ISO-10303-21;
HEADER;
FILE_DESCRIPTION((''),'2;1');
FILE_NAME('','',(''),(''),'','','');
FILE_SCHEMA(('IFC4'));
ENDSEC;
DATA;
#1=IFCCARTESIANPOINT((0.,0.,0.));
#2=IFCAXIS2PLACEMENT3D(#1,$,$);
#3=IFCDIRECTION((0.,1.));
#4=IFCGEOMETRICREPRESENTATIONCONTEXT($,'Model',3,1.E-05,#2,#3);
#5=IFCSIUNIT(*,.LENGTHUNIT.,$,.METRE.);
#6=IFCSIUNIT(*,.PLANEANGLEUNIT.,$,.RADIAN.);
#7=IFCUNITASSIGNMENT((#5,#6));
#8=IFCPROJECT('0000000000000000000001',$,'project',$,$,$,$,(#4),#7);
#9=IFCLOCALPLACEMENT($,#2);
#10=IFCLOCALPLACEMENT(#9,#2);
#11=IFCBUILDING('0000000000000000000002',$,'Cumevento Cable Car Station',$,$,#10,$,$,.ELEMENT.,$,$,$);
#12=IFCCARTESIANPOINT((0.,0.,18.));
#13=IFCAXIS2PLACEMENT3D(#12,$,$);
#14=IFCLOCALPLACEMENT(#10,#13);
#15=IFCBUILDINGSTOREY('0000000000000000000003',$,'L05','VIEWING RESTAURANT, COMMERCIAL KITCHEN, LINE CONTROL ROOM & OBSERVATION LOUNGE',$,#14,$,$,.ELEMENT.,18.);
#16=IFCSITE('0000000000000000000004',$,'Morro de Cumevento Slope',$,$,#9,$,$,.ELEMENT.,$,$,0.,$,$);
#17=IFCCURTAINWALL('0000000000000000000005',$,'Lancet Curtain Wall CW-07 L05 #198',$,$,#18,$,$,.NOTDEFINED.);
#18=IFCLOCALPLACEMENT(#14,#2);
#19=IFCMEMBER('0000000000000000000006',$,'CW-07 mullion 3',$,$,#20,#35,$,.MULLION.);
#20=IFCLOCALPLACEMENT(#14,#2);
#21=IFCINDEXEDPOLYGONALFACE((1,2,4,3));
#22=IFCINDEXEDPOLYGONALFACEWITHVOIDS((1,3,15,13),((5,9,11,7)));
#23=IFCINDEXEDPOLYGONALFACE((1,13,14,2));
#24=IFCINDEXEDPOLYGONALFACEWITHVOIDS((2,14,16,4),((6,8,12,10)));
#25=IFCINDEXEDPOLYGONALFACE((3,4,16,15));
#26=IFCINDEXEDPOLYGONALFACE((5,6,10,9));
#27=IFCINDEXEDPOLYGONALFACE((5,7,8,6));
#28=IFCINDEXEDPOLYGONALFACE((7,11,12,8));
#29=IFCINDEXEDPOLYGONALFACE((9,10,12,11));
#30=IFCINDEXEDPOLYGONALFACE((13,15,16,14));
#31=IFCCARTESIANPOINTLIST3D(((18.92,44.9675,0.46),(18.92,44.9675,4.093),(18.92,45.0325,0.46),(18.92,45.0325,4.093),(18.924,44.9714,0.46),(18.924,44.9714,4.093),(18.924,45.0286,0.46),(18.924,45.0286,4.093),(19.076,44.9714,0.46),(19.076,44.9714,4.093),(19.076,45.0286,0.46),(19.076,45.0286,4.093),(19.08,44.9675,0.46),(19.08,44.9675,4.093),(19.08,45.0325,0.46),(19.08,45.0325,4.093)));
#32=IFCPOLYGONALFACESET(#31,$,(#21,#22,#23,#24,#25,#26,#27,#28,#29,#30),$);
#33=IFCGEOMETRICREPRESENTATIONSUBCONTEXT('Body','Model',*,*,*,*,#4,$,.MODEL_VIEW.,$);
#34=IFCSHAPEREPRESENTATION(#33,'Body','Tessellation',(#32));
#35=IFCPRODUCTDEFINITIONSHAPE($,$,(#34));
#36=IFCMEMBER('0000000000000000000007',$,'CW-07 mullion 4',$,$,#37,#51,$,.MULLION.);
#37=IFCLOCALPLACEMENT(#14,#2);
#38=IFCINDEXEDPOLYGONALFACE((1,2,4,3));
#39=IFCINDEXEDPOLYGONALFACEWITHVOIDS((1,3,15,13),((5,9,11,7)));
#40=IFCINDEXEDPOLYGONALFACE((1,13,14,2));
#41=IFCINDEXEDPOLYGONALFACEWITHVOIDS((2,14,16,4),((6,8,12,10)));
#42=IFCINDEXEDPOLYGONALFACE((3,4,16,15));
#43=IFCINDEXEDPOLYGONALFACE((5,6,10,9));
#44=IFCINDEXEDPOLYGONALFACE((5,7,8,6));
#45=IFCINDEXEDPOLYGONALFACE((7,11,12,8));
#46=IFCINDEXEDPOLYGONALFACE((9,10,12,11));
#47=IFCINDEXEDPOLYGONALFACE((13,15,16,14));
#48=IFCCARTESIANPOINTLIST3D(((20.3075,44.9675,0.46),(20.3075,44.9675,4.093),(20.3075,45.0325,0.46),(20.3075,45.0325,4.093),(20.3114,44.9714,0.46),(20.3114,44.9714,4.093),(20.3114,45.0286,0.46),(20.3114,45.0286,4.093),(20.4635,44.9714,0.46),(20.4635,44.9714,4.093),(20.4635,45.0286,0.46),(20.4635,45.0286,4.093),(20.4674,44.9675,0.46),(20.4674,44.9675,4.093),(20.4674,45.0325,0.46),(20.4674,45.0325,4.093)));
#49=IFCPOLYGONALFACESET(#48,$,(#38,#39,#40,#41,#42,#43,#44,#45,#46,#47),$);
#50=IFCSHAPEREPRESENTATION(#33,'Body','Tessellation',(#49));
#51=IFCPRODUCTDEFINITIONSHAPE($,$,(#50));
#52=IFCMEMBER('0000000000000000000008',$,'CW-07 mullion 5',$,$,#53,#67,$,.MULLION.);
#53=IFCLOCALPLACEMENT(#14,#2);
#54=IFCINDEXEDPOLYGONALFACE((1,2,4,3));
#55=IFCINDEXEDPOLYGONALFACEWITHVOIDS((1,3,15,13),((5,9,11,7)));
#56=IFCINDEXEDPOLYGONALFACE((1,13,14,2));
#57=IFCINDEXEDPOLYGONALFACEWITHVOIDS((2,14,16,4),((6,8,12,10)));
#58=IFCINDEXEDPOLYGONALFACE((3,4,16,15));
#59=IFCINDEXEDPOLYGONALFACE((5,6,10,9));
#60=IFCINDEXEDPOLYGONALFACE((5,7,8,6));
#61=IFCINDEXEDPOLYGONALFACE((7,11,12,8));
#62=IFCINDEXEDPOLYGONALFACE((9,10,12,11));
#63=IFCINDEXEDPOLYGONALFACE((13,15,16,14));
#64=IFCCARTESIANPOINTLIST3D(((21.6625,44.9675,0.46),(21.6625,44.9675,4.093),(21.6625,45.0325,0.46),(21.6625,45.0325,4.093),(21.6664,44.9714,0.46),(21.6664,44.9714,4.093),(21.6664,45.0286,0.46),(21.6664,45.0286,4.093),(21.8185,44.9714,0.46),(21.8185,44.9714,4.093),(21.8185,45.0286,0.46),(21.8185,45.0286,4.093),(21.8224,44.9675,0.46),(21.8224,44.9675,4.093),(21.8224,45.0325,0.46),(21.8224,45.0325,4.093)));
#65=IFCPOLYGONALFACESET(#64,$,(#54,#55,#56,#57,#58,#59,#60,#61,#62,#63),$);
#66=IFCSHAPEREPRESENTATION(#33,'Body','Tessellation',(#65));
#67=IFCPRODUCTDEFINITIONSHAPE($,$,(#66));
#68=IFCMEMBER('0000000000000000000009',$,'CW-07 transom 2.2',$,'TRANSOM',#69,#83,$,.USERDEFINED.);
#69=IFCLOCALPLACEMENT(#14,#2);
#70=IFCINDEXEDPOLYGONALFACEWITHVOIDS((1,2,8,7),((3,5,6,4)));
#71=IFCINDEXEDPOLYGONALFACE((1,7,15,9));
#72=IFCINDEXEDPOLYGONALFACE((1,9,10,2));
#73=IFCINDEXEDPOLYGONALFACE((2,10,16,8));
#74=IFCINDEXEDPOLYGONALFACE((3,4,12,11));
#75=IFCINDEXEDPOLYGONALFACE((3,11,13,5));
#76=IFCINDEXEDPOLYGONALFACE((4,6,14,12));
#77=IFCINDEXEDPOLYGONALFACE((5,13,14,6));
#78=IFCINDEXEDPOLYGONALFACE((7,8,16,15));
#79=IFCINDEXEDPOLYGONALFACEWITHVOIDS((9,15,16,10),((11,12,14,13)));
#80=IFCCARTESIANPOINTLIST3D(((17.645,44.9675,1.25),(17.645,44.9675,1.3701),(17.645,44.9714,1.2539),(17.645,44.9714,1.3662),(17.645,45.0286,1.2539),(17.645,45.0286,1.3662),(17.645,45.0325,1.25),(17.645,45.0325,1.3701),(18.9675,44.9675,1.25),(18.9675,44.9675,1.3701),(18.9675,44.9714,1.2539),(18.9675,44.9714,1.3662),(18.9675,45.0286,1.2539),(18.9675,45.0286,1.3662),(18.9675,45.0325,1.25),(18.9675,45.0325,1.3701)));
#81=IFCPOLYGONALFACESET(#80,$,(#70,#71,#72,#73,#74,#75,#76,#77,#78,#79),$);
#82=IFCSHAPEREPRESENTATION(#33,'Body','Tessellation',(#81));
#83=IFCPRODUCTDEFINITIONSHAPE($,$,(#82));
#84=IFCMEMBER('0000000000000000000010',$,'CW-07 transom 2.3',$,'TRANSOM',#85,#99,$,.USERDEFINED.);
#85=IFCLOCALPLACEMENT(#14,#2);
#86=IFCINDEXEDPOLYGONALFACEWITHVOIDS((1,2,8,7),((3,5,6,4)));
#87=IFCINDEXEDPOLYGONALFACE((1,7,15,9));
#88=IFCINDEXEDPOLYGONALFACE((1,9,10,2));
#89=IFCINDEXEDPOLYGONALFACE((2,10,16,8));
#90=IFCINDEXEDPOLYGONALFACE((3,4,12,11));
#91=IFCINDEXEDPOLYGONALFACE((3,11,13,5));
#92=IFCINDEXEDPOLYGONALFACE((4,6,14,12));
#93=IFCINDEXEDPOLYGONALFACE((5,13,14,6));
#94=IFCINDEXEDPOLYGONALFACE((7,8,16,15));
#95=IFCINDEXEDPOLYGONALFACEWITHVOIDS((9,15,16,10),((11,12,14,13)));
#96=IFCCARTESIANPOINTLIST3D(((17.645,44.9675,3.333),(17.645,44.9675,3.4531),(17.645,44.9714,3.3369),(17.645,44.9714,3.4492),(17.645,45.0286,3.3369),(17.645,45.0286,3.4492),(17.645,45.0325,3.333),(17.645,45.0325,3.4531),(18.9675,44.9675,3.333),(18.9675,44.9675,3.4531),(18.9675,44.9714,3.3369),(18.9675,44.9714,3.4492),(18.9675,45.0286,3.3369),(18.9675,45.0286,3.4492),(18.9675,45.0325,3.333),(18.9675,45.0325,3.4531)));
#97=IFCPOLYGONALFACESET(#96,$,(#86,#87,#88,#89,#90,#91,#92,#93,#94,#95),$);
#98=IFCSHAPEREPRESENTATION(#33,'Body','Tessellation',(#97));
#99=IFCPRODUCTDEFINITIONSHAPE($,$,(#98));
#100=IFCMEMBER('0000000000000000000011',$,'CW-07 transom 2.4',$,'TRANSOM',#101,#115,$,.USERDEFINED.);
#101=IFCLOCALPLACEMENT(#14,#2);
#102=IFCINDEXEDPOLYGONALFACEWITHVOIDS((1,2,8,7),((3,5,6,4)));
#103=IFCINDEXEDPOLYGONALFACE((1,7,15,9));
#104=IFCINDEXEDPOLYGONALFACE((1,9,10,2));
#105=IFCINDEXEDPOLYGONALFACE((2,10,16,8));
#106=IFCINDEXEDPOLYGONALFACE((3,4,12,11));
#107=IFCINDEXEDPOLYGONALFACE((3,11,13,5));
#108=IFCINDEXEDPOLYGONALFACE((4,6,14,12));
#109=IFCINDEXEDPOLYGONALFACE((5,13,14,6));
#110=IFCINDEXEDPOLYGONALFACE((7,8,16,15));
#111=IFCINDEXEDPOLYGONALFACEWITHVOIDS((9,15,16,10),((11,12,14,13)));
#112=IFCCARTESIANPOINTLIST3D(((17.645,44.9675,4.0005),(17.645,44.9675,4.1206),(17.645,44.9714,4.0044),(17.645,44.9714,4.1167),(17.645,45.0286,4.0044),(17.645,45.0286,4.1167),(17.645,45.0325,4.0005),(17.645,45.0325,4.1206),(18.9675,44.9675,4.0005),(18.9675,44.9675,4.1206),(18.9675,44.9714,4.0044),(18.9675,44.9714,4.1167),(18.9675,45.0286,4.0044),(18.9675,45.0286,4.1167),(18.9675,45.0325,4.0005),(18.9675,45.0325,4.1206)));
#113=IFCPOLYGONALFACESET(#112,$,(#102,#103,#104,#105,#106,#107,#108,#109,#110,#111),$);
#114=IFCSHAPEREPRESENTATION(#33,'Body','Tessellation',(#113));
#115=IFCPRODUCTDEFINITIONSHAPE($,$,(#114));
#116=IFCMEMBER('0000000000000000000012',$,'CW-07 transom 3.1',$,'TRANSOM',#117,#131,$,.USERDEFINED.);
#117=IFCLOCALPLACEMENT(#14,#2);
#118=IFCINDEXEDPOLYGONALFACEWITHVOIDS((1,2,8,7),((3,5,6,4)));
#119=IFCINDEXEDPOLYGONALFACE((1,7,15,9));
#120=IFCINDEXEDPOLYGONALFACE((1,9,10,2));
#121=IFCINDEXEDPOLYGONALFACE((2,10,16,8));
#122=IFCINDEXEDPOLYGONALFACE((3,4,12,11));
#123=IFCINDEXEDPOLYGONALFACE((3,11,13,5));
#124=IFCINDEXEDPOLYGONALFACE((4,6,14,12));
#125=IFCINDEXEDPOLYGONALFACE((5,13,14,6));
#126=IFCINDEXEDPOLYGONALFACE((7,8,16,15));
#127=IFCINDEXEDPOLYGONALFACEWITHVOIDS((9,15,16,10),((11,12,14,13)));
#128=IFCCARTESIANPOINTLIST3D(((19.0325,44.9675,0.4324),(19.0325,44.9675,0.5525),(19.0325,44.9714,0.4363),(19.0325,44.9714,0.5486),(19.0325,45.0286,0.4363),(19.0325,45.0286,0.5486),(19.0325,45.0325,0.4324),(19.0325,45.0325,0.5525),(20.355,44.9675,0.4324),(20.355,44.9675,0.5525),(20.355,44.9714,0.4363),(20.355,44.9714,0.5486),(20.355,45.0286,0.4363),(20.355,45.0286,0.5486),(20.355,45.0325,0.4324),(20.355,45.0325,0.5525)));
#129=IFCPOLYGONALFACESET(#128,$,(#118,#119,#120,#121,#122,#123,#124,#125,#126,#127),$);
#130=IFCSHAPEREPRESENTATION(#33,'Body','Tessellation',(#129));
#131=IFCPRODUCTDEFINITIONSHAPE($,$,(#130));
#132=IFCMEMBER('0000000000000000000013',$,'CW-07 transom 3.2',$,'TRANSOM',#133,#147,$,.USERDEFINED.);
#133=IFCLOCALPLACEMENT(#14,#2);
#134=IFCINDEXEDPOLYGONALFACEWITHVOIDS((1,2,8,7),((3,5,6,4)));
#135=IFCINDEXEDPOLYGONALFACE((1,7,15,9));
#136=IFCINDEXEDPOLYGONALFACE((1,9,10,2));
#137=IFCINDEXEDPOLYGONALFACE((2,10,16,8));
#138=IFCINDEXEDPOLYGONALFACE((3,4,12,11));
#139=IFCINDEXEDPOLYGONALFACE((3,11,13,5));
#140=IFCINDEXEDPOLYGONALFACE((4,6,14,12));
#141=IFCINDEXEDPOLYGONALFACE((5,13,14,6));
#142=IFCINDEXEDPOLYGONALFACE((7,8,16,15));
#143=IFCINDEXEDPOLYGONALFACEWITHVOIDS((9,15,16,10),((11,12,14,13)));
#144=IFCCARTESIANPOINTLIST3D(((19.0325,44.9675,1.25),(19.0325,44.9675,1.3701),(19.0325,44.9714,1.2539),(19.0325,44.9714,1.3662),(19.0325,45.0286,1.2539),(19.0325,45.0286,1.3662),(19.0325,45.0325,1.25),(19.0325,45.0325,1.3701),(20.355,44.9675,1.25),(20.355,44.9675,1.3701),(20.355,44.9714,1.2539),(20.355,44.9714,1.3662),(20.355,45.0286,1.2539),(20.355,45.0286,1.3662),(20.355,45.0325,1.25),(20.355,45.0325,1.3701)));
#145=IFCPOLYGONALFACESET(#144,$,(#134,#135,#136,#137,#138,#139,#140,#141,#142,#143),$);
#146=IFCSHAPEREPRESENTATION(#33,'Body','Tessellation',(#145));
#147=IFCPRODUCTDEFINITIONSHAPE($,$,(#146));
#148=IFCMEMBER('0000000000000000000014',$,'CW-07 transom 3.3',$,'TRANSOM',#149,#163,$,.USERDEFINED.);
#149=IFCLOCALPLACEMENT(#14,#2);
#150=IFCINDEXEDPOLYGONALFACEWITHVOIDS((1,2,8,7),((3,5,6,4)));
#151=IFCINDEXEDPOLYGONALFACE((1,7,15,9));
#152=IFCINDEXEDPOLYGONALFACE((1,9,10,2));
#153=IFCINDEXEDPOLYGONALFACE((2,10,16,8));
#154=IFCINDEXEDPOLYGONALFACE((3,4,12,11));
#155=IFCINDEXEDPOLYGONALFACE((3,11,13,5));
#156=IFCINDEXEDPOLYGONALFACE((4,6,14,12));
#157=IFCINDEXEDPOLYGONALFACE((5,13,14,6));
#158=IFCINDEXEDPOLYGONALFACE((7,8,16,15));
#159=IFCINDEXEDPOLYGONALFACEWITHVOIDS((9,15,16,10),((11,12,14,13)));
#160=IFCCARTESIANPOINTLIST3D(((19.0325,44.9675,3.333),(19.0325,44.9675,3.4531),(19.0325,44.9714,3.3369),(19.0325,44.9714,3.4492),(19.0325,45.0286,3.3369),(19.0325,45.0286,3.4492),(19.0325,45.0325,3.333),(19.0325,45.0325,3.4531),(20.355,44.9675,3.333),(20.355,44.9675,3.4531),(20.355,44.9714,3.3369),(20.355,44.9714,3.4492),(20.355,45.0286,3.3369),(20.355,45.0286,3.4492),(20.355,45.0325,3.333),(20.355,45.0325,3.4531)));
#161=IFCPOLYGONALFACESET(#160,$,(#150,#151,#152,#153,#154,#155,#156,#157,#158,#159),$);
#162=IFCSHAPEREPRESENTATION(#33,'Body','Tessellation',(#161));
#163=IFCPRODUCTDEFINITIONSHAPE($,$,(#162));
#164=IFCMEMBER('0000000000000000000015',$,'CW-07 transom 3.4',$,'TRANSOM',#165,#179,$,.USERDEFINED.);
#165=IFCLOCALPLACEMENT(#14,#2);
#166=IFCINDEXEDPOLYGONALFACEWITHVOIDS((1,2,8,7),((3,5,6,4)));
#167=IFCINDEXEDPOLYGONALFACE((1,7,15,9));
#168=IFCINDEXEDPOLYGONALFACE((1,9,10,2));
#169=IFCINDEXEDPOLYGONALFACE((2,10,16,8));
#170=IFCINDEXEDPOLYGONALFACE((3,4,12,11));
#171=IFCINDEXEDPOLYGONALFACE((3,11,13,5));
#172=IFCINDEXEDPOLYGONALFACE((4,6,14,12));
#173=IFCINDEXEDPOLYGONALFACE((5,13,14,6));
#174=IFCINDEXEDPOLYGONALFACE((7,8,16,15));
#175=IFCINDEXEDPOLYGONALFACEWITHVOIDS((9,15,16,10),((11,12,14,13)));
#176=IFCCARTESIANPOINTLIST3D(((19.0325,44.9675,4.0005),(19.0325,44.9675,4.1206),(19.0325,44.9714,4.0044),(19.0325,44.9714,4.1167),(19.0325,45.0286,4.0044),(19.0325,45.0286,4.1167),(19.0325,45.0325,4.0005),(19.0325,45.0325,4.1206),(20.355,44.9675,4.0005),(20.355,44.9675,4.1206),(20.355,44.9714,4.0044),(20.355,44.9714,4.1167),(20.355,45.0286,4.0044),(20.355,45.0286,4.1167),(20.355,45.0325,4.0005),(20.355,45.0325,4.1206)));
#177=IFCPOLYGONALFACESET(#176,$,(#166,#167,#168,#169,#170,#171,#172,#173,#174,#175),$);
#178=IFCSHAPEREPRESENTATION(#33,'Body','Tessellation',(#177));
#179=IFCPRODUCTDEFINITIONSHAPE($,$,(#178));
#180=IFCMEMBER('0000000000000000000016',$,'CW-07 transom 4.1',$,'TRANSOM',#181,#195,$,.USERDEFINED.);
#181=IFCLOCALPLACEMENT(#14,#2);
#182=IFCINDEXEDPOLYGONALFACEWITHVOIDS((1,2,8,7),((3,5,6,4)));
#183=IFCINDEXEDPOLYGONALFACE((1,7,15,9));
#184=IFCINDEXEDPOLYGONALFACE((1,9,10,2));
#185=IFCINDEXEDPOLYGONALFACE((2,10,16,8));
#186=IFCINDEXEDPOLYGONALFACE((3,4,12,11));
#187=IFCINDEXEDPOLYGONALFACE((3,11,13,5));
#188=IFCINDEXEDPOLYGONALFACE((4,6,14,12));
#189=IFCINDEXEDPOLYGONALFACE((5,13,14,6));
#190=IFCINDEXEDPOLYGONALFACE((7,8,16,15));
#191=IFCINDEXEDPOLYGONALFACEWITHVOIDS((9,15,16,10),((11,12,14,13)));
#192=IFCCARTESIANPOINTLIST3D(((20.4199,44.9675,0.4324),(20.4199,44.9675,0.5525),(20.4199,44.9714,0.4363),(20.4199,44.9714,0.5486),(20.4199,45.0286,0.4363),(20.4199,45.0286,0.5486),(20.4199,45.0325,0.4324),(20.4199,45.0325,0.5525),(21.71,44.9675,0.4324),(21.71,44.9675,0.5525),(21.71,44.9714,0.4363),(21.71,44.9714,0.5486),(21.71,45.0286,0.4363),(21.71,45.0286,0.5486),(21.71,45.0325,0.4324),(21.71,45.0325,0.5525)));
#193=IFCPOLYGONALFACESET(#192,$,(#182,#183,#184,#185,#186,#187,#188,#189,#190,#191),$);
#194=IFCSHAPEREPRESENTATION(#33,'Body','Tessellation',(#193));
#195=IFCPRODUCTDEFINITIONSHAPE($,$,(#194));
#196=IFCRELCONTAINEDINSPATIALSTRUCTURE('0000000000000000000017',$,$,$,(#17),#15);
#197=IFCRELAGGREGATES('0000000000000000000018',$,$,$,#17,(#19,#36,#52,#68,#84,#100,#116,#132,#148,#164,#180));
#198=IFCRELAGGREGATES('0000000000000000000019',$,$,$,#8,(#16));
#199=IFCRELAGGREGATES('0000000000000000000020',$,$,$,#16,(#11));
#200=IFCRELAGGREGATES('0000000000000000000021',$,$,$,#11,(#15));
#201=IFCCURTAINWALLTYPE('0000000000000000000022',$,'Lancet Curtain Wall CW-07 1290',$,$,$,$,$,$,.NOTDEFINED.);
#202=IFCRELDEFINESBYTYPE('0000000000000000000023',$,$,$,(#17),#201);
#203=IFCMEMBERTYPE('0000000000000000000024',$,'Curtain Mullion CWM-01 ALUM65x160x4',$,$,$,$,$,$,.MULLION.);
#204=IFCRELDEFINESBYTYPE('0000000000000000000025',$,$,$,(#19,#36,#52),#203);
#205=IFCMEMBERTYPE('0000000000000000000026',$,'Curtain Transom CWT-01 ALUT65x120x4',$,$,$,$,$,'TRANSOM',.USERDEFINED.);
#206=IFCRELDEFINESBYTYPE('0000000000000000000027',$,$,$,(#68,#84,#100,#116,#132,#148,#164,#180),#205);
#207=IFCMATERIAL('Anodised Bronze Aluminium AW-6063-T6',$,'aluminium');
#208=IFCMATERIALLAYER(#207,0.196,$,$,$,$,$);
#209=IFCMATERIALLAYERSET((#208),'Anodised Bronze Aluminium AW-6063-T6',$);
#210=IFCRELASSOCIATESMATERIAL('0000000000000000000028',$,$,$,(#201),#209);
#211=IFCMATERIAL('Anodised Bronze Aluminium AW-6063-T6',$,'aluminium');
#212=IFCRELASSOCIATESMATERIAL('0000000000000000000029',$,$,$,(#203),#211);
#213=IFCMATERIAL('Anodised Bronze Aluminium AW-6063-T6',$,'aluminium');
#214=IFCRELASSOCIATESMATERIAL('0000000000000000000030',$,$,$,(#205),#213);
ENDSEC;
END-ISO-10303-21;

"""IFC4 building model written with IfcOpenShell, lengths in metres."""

from ifc_helpers import new_model, si_unit, direction, frame, origin, origin_2d, place, context, subcontext, project, spatial, hollow_rectangle, extrude, material, layer, layer_set, material_profile, profile_set, type_object, element, aggregate, save


model = new_model("IFC4")

# Units and contexts
model_context = context("Model", 3, precision=1e-05, world=origin(), true_north=direction((0.0, 1.0)))
body_context = subcontext(model_context, "Body", "Model", "MODEL_VIEW")
ifc_project = project(units=[si_unit("LENGTHUNIT", "METRE"), si_unit("PLANEANGLEUNIT", "RADIAN")], contexts=[model_context])

# Site, building, storey
site_placement = place(None, origin())
site = spatial("IfcSite", under=ifc_project, at=site_placement, Name="Morro de Cumevento Slope", CompositionType="ELEMENT", RefElevation=0.0)
building_placement = place(site_placement, origin())
building = spatial("IfcBuilding", under=site, at=building_placement, Name="Cumevento Cable Car Station", CompositionType="ELEMENT")
storey_placement = place(building_placement, frame((0.0, 0.0, 18.0)))
storey = spatial("IfcBuildingStorey", under=building, at=storey_placement, Name="L05", Description="VIEWING RESTAURANT, COMMERCIAL KITCHEN, LINE CONTROL ROOM & OBSERVATION LOUNGE", CompositionType="ELEMENT", Elevation=18.0)

# Curtain wall, members
ifc_material_1 = material(Name="Anodised Bronze Aluminium AW-6063-T6", Category="aluminium")
ifc_layer_1 = layer(ifc_material_1, 0.196)
ifc_layer_set_1 = layer_set([ifc_layer_1], Name="Anodised Bronze Aluminium AW-6063-T6")
curtain_wall_type = type_object("IfcCurtainWallType", Name="Lancet Curtain Wall CW-07 1290", PredefinedType="NOTDEFINED", material=ifc_layer_set_1)
curtain_wall_placement = place(storey_placement, origin())
curtain_wall = element("IfcCurtainWall", 1, at=curtain_wall_placement, inside=storey, type_object=curtain_wall_type, Name="Lancet Curtain Wall CW-07 L05 #198", PredefinedType="NOTDEFINED")
ifc_material_2 = material(Name="Anodised Bronze Aluminium AW-6063-T6", Category="aluminium")
ifc_material_profile_1 = material_profile(ifc_material_2, hollow_rectangle(XDim=0.0649, YDim=0.1599, WallThickness=0.0039, at=origin_2d()), Name="ALUM65x160x4")
ifc_profile_set_1 = profile_set([ifc_material_profile_1], Name="Anodised Bronze Aluminium AW-6063-T6")
member_type_1 = type_object("IfcMemberType", Name="Curtain Mullion CWM-01 ALUM65x160x4", PredefinedType="MULLION", material=ifc_profile_set_1)
member_1_placement = place(storey_placement, frame((19.0, 45.0, 0.46), z_axis=(0.0, 0.0, 1.0), x_axis=(0.0, 1.0, 0.0)))
member_1 = element("IfcMember", 2, at=member_1_placement, type_object=member_type_1, Name="CW-07 mullion 3", PredefinedType="MULLION", context=body_context, shape_type="SweptSolid", body=[
    extrude(hollow_rectangle(XDim=0.0649, YDim=0.1599, WallThickness=0.0039, at=origin_2d()), origin(), (0.0, 0.0, 1.0), 3.6331),
])
member_2_placement = place(storey_placement, frame((20.3875, 45.0, 0.46), z_axis=(0.0, 0.0, 1.0), x_axis=(0.0, 1.0, 0.0)))
member_2 = element("IfcMember", 3, at=member_2_placement, type_object=member_type_1, Name="CW-07 mullion 4", PredefinedType="MULLION", context=body_context, shape_type="SweptSolid", body=[
    extrude(hollow_rectangle(XDim=0.0649, YDim=0.1599, WallThickness=0.0039, at=origin_2d()), origin(), (0.0, 0.0, 1.0), 3.6331),
])
member_3_placement = place(storey_placement, frame((21.7424, 45.0, 0.46), z_axis=(0.0, 0.0, 1.0), x_axis=(0.0, 1.0, 0.0)))
member_3 = element("IfcMember", 4, at=member_3_placement, type_object=member_type_1, Name="CW-07 mullion 5", PredefinedType="MULLION", context=body_context, shape_type="SweptSolid", body=[
    extrude(hollow_rectangle(XDim=0.0649, YDim=0.1599, WallThickness=0.0039, at=origin_2d()), origin(), (0.0, 0.0, 1.0), 3.6331),
])
ifc_material_3 = material(Name="Anodised Bronze Aluminium AW-6063-T6", Category="aluminium")
ifc_material_profile_2 = material_profile(ifc_material_3, hollow_rectangle(XDim=0.0649, YDim=0.1201, WallThickness=0.0039, at=origin_2d()), Name="ALUT65x120x4")
ifc_profile_set_2 = profile_set([ifc_material_profile_2], Name="Anodised Bronze Aluminium AW-6063-T6")
member_type_2 = type_object("IfcMemberType", Name="Curtain Transom CWT-01 ALUT65x120x4", ElementType="TRANSOM", PredefinedType="USERDEFINED", material=ifc_profile_set_2)
member_4_placement = place(storey_placement, frame((17.645, 45.0, 1.3101), z_axis=(1.0, 0.0, 0.0), x_axis=(0.0, 1.0, 0.0)))
member_4 = element("IfcMember", 5, at=member_4_placement, type_object=member_type_2, Name="CW-07 transom 2.2", ObjectType="TRANSOM", PredefinedType="USERDEFINED", context=body_context, shape_type="SweptSolid", body=[
    extrude(hollow_rectangle(XDim=0.0649, YDim=0.1201, WallThickness=0.0039, at=origin_2d()), origin(), (0.0, 0.0, 1.0), 1.3225),
])
member_5_placement = place(storey_placement, frame((17.645, 45.0, 3.3931), z_axis=(1.0, 0.0, 0.0), x_axis=(0.0, 1.0, 0.0)))
member_5 = element("IfcMember", 6, at=member_5_placement, type_object=member_type_2, Name="CW-07 transom 2.3", ObjectType="TRANSOM", PredefinedType="USERDEFINED", context=body_context, shape_type="SweptSolid", body=[
    extrude(hollow_rectangle(XDim=0.0649, YDim=0.1201, WallThickness=0.0039, at=origin_2d()), origin(), (0.0, 0.0, 1.0), 1.3225),
])
member_6_placement = place(storey_placement, frame((17.645, 45.0, 4.0605), z_axis=(1.0, 0.0, 0.0), x_axis=(0.0, 1.0, 0.0)))
member_6 = element("IfcMember", 7, at=member_6_placement, type_object=member_type_2, Name="CW-07 transom 2.4", ObjectType="TRANSOM", PredefinedType="USERDEFINED", context=body_context, shape_type="SweptSolid", body=[
    extrude(hollow_rectangle(XDim=0.0649, YDim=0.1201, WallThickness=0.0039, at=origin_2d()), origin(), (0.0, 0.0, 1.0), 1.3225),
])
member_7_placement = place(storey_placement, frame((19.0325, 45.0, 0.4924), z_axis=(1.0, 0.0, 0.0), x_axis=(0.0, 1.0, 0.0)))
member_7 = element("IfcMember", 8, at=member_7_placement, type_object=member_type_2, Name="CW-07 transom 3.1", ObjectType="TRANSOM", PredefinedType="USERDEFINED", context=body_context, shape_type="SweptSolid", body=[
    extrude(hollow_rectangle(XDim=0.0649, YDim=0.1201, WallThickness=0.0039, at=origin_2d()), origin(), (0.0, 0.0, 1.0), 1.3225),
])
member_8_placement = place(storey_placement, frame((19.0325, 45.0, 1.3101), z_axis=(1.0, 0.0, 0.0), x_axis=(0.0, 1.0, 0.0)))
member_8 = element("IfcMember", 9, at=member_8_placement, type_object=member_type_2, Name="CW-07 transom 3.2", ObjectType="TRANSOM", PredefinedType="USERDEFINED", context=body_context, shape_type="SweptSolid", body=[
    extrude(hollow_rectangle(XDim=0.0649, YDim=0.1201, WallThickness=0.0039, at=origin_2d()), origin(), (0.0, 0.0, 1.0), 1.3225),
])
member_9_placement = place(storey_placement, frame((19.0325, 45.0, 3.3931), z_axis=(1.0, 0.0, 0.0), x_axis=(0.0, 1.0, 0.0)))
member_9 = element("IfcMember", 10, at=member_9_placement, type_object=member_type_2, Name="CW-07 transom 3.3", ObjectType="TRANSOM", PredefinedType="USERDEFINED", context=body_context, shape_type="SweptSolid", body=[
    extrude(hollow_rectangle(XDim=0.0649, YDim=0.1201, WallThickness=0.0039, at=origin_2d()), origin(), (0.0, 0.0, 1.0), 1.3225),
])
member_10_placement = place(storey_placement, frame((19.0325, 45.0, 4.0605), z_axis=(1.0, 0.0, 0.0), x_axis=(0.0, 1.0, 0.0)))
member_10 = element("IfcMember", 11, at=member_10_placement, type_object=member_type_2, Name="CW-07 transom 3.4", ObjectType="TRANSOM", PredefinedType="USERDEFINED", context=body_context, shape_type="SweptSolid", body=[
    extrude(hollow_rectangle(XDim=0.0649, YDim=0.1201, WallThickness=0.0039, at=origin_2d()), origin(), (0.0, 0.0, 1.0), 1.3225),
])
member_11_placement = place(storey_placement, frame((20.4199, 45.0, 0.4924), z_axis=(1.0, 0.0, 0.0), x_axis=(0.0, 1.0, 0.0)))
member_11 = element("IfcMember", 12, at=member_11_placement, type_object=member_type_2, Name="CW-07 transom 4.1", ObjectType="TRANSOM", PredefinedType="USERDEFINED", context=body_context, shape_type="SweptSolid", body=[
    extrude(hollow_rectangle(XDim=0.0649, YDim=0.1201, WallThickness=0.0039, at=origin_2d()), origin(), (0.0, 0.0, 1.0), 1.29),
])
aggregate(curtain_wall, [member_1, member_2, member_3, member_4, member_5, member_6, member_7, member_8, member_9, member_10, member_11])

save(model, "model.ifc")
